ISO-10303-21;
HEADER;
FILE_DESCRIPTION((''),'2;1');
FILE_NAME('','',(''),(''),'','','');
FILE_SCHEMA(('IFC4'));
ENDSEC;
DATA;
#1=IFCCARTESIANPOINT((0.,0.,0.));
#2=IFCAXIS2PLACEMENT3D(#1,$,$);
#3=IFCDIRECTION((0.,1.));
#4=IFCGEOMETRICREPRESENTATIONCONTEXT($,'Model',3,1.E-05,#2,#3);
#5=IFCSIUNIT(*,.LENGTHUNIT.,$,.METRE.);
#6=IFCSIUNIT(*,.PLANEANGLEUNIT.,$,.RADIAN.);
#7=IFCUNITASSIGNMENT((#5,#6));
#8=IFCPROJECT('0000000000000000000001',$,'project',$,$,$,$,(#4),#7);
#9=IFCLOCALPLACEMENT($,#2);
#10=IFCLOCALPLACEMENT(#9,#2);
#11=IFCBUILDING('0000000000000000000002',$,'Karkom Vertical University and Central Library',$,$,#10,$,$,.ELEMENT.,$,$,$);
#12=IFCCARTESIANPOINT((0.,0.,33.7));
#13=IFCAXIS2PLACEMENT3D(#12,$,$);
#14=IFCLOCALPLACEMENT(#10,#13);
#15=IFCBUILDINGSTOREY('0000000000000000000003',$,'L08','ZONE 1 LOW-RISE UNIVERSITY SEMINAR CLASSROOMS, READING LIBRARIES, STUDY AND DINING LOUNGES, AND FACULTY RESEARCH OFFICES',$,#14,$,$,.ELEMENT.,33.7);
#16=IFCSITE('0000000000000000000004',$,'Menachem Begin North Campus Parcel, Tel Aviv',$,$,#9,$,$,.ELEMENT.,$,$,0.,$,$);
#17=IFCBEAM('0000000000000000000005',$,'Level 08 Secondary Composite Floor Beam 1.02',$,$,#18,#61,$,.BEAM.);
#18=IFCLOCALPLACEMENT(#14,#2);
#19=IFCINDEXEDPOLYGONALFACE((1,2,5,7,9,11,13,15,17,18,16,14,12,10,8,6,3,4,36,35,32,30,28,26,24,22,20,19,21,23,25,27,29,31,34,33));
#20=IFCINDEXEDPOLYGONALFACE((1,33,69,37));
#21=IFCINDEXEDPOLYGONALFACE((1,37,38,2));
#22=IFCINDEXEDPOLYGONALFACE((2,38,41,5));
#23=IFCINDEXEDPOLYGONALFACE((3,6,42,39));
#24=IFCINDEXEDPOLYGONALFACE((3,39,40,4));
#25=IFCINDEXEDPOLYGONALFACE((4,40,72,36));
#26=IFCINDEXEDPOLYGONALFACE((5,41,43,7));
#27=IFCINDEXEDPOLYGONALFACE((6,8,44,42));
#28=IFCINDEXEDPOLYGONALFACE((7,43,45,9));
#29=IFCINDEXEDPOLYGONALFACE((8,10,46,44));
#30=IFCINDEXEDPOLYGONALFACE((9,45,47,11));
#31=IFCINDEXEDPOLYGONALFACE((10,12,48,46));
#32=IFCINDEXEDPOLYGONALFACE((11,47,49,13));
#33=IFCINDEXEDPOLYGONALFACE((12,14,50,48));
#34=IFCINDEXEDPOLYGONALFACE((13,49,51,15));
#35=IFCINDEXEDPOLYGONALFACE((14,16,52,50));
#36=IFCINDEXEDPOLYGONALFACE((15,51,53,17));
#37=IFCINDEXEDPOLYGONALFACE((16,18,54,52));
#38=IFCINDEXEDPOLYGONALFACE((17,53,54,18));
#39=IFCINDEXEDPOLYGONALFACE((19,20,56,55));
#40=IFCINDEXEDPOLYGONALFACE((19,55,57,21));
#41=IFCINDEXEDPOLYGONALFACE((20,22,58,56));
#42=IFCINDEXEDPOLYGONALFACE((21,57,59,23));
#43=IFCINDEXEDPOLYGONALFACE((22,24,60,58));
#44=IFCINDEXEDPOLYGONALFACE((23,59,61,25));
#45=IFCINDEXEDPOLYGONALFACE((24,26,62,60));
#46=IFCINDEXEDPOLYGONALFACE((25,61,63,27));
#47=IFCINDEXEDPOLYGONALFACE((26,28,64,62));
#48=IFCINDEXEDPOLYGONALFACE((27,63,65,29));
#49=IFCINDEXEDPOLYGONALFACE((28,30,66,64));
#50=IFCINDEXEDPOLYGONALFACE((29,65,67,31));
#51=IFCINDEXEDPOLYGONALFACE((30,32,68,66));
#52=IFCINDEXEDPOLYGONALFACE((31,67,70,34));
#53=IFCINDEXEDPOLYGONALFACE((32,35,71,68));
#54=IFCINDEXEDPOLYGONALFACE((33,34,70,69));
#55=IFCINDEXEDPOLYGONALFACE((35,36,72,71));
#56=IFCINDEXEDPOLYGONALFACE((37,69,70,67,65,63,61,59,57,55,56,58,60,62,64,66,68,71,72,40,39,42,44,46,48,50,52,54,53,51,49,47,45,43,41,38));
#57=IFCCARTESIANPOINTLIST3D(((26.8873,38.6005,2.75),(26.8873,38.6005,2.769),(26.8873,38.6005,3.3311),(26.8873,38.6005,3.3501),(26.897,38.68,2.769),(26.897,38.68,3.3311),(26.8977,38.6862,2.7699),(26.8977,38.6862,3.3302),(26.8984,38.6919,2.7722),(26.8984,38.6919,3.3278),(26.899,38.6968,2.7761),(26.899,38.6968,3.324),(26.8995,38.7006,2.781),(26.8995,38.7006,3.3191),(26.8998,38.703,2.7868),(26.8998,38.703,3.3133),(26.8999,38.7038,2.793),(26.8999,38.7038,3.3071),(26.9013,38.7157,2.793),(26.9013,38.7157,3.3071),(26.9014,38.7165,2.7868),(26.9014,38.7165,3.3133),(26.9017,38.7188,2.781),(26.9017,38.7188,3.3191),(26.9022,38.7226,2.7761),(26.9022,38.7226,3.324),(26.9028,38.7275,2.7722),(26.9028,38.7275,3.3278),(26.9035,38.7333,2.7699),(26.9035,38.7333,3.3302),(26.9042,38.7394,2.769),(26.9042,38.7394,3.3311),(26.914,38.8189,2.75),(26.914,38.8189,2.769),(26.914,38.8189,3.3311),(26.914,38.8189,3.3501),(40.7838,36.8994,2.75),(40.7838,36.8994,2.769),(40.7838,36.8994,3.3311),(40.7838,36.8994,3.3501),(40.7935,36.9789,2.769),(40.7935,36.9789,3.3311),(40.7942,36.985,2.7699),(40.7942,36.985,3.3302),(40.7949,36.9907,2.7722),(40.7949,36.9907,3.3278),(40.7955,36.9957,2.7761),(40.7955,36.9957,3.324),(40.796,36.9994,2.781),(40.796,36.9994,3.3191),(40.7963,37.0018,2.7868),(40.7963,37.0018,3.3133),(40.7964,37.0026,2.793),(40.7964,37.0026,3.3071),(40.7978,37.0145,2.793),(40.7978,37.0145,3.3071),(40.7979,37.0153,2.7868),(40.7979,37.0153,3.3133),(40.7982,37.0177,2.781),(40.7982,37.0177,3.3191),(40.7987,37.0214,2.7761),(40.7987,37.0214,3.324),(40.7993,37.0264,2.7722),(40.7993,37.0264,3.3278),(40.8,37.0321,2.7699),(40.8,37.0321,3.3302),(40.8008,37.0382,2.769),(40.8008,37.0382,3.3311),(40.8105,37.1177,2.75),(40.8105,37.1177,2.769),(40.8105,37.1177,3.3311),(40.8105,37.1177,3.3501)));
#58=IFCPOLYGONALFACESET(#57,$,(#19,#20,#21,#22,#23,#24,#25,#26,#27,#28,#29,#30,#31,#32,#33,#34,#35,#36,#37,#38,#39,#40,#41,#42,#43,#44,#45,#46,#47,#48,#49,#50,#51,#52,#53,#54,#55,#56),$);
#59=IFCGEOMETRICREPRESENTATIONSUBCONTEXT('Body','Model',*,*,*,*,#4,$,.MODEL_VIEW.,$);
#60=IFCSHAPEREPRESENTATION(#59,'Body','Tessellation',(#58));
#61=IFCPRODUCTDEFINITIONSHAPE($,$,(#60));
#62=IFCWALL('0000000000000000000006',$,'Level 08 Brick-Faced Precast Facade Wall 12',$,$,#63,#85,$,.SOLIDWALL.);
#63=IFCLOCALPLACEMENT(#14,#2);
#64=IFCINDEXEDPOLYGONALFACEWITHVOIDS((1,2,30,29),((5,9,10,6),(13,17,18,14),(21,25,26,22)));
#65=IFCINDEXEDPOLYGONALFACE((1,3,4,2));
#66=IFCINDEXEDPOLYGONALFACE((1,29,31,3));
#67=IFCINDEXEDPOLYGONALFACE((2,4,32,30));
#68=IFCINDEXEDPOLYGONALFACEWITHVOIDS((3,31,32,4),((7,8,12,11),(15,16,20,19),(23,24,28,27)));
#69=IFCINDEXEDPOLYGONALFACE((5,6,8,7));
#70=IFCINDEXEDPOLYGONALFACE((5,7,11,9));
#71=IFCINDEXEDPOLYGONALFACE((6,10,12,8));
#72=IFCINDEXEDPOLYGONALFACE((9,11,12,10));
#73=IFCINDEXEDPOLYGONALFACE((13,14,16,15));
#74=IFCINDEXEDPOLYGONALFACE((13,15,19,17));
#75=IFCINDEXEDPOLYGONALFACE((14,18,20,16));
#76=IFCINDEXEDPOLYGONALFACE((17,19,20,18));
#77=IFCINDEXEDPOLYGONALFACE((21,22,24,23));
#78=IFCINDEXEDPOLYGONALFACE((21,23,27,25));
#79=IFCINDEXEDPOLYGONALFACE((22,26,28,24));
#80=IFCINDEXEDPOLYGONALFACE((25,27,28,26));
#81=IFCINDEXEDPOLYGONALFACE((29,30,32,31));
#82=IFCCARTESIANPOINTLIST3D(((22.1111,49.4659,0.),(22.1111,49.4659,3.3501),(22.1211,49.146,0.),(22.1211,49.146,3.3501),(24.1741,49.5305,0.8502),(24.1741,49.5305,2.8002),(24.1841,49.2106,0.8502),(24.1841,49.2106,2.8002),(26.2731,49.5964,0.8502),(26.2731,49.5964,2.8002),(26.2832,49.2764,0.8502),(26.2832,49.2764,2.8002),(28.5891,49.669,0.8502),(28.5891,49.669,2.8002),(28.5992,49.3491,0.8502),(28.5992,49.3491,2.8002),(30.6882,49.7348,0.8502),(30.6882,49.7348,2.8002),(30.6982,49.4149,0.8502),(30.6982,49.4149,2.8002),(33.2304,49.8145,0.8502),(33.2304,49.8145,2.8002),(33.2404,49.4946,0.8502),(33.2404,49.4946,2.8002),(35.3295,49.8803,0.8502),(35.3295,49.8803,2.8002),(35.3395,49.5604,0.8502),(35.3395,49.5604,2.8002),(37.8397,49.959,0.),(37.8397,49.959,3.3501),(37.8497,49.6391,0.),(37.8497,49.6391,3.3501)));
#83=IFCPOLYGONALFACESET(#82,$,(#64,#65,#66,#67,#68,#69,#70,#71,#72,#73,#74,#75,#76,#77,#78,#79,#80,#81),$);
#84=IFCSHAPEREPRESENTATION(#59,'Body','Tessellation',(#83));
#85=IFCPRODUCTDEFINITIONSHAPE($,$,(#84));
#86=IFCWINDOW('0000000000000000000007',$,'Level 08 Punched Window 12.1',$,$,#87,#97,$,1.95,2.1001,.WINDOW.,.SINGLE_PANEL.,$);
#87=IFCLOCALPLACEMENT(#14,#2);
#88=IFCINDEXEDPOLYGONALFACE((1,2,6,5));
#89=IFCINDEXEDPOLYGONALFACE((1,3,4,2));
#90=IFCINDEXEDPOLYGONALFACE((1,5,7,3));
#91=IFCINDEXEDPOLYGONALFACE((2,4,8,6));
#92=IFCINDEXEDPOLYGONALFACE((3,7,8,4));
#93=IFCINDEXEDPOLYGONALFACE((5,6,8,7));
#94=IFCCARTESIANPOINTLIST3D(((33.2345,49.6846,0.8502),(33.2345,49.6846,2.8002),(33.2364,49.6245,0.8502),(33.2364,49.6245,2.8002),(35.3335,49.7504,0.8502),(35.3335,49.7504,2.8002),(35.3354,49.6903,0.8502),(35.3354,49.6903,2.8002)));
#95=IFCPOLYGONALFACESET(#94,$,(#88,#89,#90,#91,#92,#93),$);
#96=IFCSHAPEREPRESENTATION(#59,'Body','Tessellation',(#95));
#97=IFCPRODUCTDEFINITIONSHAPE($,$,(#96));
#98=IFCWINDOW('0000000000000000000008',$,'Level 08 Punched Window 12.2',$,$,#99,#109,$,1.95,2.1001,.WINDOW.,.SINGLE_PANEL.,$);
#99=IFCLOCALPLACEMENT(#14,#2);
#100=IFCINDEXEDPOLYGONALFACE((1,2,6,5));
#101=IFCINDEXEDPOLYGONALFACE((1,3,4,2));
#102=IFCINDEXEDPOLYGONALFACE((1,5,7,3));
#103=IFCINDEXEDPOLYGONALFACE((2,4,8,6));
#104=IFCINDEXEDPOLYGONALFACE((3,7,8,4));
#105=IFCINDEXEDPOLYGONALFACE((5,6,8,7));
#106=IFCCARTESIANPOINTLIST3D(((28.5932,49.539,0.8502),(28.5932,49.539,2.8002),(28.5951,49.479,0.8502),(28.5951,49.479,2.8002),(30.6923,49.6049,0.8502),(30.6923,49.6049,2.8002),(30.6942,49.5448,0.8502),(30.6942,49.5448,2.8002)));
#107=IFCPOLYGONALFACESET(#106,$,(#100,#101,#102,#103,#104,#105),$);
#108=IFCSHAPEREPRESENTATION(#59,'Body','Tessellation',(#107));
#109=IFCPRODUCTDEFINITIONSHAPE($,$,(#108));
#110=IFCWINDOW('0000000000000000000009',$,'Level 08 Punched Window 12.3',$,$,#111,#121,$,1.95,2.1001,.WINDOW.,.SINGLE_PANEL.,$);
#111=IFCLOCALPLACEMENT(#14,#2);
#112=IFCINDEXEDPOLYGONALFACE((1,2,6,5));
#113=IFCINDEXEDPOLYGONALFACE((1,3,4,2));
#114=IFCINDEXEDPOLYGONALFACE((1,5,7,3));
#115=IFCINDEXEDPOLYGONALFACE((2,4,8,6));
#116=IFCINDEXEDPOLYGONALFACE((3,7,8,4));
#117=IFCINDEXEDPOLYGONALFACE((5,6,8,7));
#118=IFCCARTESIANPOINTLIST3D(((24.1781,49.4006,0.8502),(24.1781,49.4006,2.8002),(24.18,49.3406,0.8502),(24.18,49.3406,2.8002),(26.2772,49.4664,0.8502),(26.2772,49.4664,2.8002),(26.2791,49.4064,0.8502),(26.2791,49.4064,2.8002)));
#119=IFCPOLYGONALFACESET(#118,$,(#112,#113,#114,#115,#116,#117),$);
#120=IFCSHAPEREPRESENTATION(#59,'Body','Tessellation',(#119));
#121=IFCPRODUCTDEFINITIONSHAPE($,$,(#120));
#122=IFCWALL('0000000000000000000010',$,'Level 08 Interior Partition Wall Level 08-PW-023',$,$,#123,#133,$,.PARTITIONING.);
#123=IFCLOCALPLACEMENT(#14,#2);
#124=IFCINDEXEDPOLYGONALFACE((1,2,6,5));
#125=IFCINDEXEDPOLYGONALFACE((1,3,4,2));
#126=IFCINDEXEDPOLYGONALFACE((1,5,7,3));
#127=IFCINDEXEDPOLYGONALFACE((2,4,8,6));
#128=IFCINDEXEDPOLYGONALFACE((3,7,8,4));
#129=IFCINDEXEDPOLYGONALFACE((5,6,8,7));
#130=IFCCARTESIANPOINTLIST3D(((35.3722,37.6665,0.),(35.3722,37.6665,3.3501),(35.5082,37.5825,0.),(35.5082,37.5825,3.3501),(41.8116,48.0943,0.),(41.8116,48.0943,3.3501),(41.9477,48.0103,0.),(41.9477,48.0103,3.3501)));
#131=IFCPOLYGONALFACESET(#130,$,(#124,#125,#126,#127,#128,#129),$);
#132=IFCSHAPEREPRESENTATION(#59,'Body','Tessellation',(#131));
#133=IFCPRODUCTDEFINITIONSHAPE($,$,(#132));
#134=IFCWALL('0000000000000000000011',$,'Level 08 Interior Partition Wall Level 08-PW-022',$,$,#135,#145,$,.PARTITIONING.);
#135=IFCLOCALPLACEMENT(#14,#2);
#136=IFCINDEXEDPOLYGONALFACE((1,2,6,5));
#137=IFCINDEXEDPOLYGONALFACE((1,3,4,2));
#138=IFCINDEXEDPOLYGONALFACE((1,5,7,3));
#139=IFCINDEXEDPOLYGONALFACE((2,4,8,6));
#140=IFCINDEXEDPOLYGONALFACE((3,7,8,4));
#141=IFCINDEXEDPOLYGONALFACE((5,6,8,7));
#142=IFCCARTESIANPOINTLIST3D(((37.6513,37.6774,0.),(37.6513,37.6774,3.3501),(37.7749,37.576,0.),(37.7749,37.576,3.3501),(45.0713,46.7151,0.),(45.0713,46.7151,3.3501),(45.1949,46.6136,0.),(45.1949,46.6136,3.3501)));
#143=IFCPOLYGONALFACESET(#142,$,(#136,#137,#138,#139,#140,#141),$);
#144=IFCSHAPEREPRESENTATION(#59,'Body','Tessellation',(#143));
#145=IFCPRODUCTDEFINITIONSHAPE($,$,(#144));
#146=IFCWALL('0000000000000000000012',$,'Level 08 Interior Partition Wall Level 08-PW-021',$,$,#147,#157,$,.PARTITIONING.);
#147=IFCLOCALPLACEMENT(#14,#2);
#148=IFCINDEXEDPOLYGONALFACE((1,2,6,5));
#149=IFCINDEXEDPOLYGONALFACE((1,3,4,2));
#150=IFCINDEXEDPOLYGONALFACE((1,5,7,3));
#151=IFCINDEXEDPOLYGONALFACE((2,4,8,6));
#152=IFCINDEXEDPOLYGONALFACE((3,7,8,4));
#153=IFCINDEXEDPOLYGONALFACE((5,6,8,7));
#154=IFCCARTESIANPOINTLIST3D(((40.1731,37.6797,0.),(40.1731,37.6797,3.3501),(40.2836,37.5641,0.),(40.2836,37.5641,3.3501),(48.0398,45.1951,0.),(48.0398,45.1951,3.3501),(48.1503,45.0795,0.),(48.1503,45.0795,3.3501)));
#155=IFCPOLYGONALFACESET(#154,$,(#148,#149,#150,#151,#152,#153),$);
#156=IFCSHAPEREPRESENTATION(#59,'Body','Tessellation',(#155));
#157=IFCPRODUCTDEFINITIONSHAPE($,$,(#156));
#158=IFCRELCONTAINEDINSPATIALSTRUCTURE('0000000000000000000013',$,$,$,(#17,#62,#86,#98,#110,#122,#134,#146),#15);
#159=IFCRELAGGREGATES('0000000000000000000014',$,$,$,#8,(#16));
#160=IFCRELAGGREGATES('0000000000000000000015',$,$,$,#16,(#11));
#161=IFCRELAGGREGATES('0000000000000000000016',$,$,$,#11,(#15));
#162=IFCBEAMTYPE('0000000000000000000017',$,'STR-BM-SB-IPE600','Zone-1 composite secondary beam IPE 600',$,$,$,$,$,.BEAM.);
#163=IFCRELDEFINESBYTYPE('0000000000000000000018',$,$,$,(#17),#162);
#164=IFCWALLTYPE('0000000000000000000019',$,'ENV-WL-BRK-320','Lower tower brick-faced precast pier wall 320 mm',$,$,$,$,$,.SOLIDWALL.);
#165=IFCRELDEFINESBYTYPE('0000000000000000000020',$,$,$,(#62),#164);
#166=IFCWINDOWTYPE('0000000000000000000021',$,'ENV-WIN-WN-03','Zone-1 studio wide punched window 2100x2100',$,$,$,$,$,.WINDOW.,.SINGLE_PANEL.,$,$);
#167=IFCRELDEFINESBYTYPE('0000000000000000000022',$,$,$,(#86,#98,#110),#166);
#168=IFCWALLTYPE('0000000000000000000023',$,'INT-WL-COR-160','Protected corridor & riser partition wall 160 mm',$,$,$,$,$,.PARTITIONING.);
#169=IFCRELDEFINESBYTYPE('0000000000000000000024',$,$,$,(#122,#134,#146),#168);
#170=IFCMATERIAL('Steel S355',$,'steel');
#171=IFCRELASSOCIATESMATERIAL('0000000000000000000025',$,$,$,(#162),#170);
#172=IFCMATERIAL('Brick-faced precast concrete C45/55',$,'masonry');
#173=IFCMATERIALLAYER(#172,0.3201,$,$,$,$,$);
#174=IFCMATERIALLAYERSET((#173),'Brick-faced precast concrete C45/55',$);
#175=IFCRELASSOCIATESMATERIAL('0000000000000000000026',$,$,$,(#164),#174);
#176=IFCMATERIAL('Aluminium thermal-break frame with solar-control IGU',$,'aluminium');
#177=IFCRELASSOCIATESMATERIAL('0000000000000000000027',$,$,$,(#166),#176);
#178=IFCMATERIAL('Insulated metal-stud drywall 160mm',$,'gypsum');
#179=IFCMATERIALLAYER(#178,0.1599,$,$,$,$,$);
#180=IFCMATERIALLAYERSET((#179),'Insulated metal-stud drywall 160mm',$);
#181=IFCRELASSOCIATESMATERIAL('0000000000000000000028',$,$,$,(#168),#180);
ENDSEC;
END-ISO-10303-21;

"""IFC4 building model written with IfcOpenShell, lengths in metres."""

from ifc_helpers import new_model, si_unit, direction, frame, frame_2d, origin, origin_with_axes, origin_2d, place, context, subcontext, project, spatial, rectangle, i_section, extrude, source, transform, mapped, material, layer, layer_set, material_profile, profile_set, type_object, element, fill, save


model = new_model("IFC4")

# Units and contexts
model_context = context("Model", 3, precision=1e-05, world=origin(), true_north=direction((0.0, 1.0)))
body_context = subcontext(model_context, "Body", "Model", "MODEL_VIEW")
ifc_project = project(units=[si_unit("LENGTHUNIT", "METRE"), si_unit("PLANEANGLEUNIT", "RADIAN")], contexts=[model_context])

# Site, building, storey
site_placement = place(None, origin())
site = spatial("IfcSite", under=ifc_project, at=site_placement, Name="Menachem Begin North Campus Parcel, Tel Aviv", CompositionType="ELEMENT", RefElevation=0.0)
building_placement = place(site_placement, origin())
building = spatial("IfcBuilding", under=site, at=building_placement, Name="Karkom Vertical University and Central Library", CompositionType="ELEMENT")
storey_placement = place(building_placement, frame((0.0, 0.0, 33.7)))
storey = spatial("IfcBuildingStorey", under=building, at=storey_placement, Name="L08", Description="ZONE 1 LOW-RISE UNIVERSITY SEMINAR CLASSROOMS, READING LIBRARIES, STUDY AND DINING LOUNGES, AND FACULTY RESEARCH OFFICES", CompositionType="ELEMENT", Elevation=33.7)

# Beam
ifc_material_1 = material(Name="Steel S355", Category="steel")
ifc_material_profile = material_profile(ifc_material_1, i_section(OverallWidth=0.22, OverallDepth=0.6001, WebThickness=0.012, FlangeThickness=0.019, FilletRadius=0.0239, at=origin_2d()), Name="IPE 600")
ifc_profile_set = profile_set([ifc_material_profile], Name="Steel S355")
beam_type = type_object("IfcBeamType", Name="STR-BM-SB-IPE600", Description="Zone-1 composite secondary beam IPE 600", PredefinedType="BEAM", material=ifc_profile_set)
shared_shape_1 = source(origin_with_axes(), body_context, "Body", "SweptSolid", [
    extrude(i_section(OverallWidth=0.22, OverallDepth=0.6001, WebThickness=0.012, FlangeThickness=0.019, FilletRadius=0.0239, at=origin_2d()), origin(), (0.0, 0.0, 1.0), 14.0002),
])
beam_placement = place(storey_placement, frame((40.7971, 37.0085, 3.05), z_axis=(-0.99259, 0.12151, 0.0), x_axis=(-0.12151, -0.99259, 0.0)))
element("IfcBeam", 1, at=beam_placement, inside=storey, type_object=beam_type, Name="Level 08 Secondary Composite Floor Beam 1.02", PredefinedType="BEAM", context=body_context, shape_type="MappedRepresentation", body=[
    mapped(shared_shape_1, transform((0.0, 0.0, 0.0), scale=1.0)),
])

# Wall, openings, windows
ifc_material_2 = material(Name="Brick-faced precast concrete C45/55", Category="masonry")
ifc_layer_1 = layer(ifc_material_2, 0.3201)
ifc_layer_set_1 = layer_set([ifc_layer_1], Name="Brick-faced precast concrete C45/55")
wall_type_1 = type_object("IfcWallType", Name="ENV-WL-BRK-320", Description="Lower tower brick-faced precast pier wall 320 mm", PredefinedType="SOLIDWALL", material=ifc_layer_set_1)
wall_1_placement = place(storey_placement, frame((37.8447, 49.7991, 0.0), z_axis=(0.0, 0.0, 1.0), x_axis=(-0.999509, -0.031339, 0.0)))
wall_1 = element("IfcWall", 2, at=wall_1_placement, inside=storey, type_object=wall_type_1, Name="Level 08 Brick-Faced Precast Facade Wall 12", PredefinedType="SOLIDWALL", context=body_context, shape_type="SweptSolid", body=[
    extrude(rectangle(XDim=15.7363, YDim=0.3201, at=frame_2d((7.8682, 0.0))), origin(), (0.0, 0.0, 1.0), 3.3501),
])
opening_1_placement = place(wall_1_placement, frame((2.5115, 0.0, 0.8501)))
opening_1 = element("IfcOpeningElement", 3, at=opening_1_placement, cuts=wall_1, PredefinedType="OPENING", context=body_context, shape_type="SweptSolid", body=[
    extrude(rectangle(XDim=2.1001, YDim=1.95, at=frame_2d((1.05, 0.9751))), frame((0.0, 0.1699, 0.0), z_axis=(0.0, -1.0, 0.0), x_axis=(1.0, 0.0, 0.0)), (0.0, 0.0, 1.0), 0.3401),
])
opening_2_placement = place(wall_1_placement, frame((7.155, 0.0, 0.8501)))
opening_2 = element("IfcOpeningElement", 4, at=opening_2_placement, cuts=wall_1, PredefinedType="OPENING", context=body_context, shape_type="SweptSolid", body=[
    extrude(rectangle(XDim=2.1001, YDim=1.95, at=frame_2d((1.05, 0.9751))), frame((0.0, 0.1699, 0.0), z_axis=(0.0, -1.0, 0.0), x_axis=(1.0, 0.0, 0.0)), (0.0, 0.0, 1.0), 0.3401),
])
opening_3_placement = place(wall_1_placement, frame((11.5723, 0.0, 0.8501)))
opening_3 = element("IfcOpeningElement", 5, at=opening_3_placement, cuts=wall_1, PredefinedType="OPENING", context=body_context, shape_type="SweptSolid", body=[
    extrude(rectangle(XDim=2.1001, YDim=1.95, at=frame_2d((1.05, 0.9751))), frame((0.0, 0.1699, 0.0), z_axis=(0.0, -1.0, 0.0), x_axis=(1.0, 0.0, 0.0)), (0.0, 0.0, 1.0), 0.3401),
])
ifc_material_3 = material(Name="Aluminium thermal-break frame with solar-control IGU", Category="aluminium")
window_type = type_object("IfcWindowType", Name="ENV-WIN-WN-03", Description="Zone-1 studio wide punched window 2100x2100", PartitioningType="SINGLE_PANEL", PredefinedType="WINDOW", material=ifc_material_3)
shared_shape_2 = source(origin_with_axes(), body_context, "Body", "SweptSolid", [
    extrude(rectangle(XDim=2.1001, YDim=1.95, at=frame_2d((1.05, 0.9751))), frame((0.0, 0.03, 0.0), z_axis=(0.0, -1.0, 0.0), x_axis=(1.0, 0.0, 0.0)), (0.0, 0.0, 1.0), 0.0601),
])
window_1_placement = place(opening_1_placement, origin())
window_1 = element("IfcWindow", 6, at=window_1_placement, inside=storey, type_object=window_type, Name="Level 08 Punched Window 12.1", OverallHeight=1.95, OverallWidth=2.1001, PartitioningType="SINGLE_PANEL", PredefinedType="WINDOW", context=body_context, shape_type="MappedRepresentation", body=[
    mapped(shared_shape_2, transform((0.0, 0.0, 0.0), scale=1.0)),
])
fill(opening_1, window_1)
window_2_placement = place(opening_2_placement, origin())
window_2 = element("IfcWindow", 7, at=window_2_placement, inside=storey, type_object=window_type, Name="Level 08 Punched Window 12.2", OverallHeight=1.95, OverallWidth=2.1001, PartitioningType="SINGLE_PANEL", PredefinedType="WINDOW", context=body_context, shape_type="MappedRepresentation", body=[
    mapped(shared_shape_2, transform((0.0, 0.0, 0.0), scale=1.0)),
])
fill(opening_2, window_2)
window_3_placement = place(opening_3_placement, origin())
window_3 = element("IfcWindow", 8, at=window_3_placement, inside=storey, type_object=window_type, Name="Level 08 Punched Window 12.3", OverallHeight=1.95, OverallWidth=2.1001, PartitioningType="SINGLE_PANEL", PredefinedType="WINDOW", context=body_context, shape_type="MappedRepresentation", body=[
    mapped(shared_shape_2, transform((0.0, 0.0, 0.0), scale=1.0)),
])
fill(opening_3, window_3)

# Shared definitions
ifc_material_4 = material(Name="Insulated metal-stud drywall 160mm", Category="gypsum")
ifc_layer_2 = layer(ifc_material_4, 0.1599)
ifc_layer_set_2 = layer_set([ifc_layer_2], Name="Insulated metal-stud drywall 160mm")
wall_type_2 = type_object("IfcWallType", Name="INT-WL-COR-160", Description="Protected corridor & riser partition wall 160 mm", PredefinedType="PARTITIONING", material=ifc_layer_set_2)

# Walls
wall_2_placement = place(storey_placement, frame((35.4402, 37.6245, 0.0), z_axis=(0.0, 0.0, 1.0), x_axis=(0.525422, 0.850842, 0.0)))
element("IfcWall", 9, at=wall_2_placement, inside=storey, type_object=wall_type_2, Name="Level 08 Interior Partition Wall Level 08-PW-023", PredefinedType="PARTITIONING", context=body_context, shape_type="SweptSolid", body=[
    extrude(rectangle(XDim=12.2559, YDim=0.1599, at=frame_2d((6.1279, 0.0))), origin(), (0.0, 0.0, 1.0), 3.3501),
])
wall_3_placement = place(storey_placement, frame((37.7131, 37.6267, 0.0), z_axis=(0.0, 0.0, 1.0), x_axis=(0.634544, 0.772886, 0.0)))
element("IfcWall", 10, at=wall_3_placement, inside=storey, type_object=wall_type_2, Name="Level 08 Interior Partition Wall Level 08-PW-022", PredefinedType="PARTITIONING", context=body_context, shape_type="SweptSolid", body=[
    extrude(rectangle(XDim=11.6934, YDim=0.1599, at=frame_2d((5.8467, 0.0))), origin(), (0.0, 0.0, 1.0), 3.3501),
])
wall_4_placement = place(storey_placement, frame((40.2283, 37.6218, 0.0), z_axis=(0.0, 0.0, 1.0), x_axis=(0.723068, 0.690777, 0.0)))
element("IfcWall", 11, at=wall_4_placement, inside=storey, type_object=wall_type_2, Name="Level 08 Interior Partition Wall Level 08-PW-021", PredefinedType="PARTITIONING", context=body_context, shape_type="SweptSolid", body=[
    extrude(rectangle(XDim=10.8796, YDim=0.1599, at=frame_2d((5.4399, 0.0))), origin(), (0.0, 0.0, 1.0), 3.3501),
])

save(model, "model.ifc")
